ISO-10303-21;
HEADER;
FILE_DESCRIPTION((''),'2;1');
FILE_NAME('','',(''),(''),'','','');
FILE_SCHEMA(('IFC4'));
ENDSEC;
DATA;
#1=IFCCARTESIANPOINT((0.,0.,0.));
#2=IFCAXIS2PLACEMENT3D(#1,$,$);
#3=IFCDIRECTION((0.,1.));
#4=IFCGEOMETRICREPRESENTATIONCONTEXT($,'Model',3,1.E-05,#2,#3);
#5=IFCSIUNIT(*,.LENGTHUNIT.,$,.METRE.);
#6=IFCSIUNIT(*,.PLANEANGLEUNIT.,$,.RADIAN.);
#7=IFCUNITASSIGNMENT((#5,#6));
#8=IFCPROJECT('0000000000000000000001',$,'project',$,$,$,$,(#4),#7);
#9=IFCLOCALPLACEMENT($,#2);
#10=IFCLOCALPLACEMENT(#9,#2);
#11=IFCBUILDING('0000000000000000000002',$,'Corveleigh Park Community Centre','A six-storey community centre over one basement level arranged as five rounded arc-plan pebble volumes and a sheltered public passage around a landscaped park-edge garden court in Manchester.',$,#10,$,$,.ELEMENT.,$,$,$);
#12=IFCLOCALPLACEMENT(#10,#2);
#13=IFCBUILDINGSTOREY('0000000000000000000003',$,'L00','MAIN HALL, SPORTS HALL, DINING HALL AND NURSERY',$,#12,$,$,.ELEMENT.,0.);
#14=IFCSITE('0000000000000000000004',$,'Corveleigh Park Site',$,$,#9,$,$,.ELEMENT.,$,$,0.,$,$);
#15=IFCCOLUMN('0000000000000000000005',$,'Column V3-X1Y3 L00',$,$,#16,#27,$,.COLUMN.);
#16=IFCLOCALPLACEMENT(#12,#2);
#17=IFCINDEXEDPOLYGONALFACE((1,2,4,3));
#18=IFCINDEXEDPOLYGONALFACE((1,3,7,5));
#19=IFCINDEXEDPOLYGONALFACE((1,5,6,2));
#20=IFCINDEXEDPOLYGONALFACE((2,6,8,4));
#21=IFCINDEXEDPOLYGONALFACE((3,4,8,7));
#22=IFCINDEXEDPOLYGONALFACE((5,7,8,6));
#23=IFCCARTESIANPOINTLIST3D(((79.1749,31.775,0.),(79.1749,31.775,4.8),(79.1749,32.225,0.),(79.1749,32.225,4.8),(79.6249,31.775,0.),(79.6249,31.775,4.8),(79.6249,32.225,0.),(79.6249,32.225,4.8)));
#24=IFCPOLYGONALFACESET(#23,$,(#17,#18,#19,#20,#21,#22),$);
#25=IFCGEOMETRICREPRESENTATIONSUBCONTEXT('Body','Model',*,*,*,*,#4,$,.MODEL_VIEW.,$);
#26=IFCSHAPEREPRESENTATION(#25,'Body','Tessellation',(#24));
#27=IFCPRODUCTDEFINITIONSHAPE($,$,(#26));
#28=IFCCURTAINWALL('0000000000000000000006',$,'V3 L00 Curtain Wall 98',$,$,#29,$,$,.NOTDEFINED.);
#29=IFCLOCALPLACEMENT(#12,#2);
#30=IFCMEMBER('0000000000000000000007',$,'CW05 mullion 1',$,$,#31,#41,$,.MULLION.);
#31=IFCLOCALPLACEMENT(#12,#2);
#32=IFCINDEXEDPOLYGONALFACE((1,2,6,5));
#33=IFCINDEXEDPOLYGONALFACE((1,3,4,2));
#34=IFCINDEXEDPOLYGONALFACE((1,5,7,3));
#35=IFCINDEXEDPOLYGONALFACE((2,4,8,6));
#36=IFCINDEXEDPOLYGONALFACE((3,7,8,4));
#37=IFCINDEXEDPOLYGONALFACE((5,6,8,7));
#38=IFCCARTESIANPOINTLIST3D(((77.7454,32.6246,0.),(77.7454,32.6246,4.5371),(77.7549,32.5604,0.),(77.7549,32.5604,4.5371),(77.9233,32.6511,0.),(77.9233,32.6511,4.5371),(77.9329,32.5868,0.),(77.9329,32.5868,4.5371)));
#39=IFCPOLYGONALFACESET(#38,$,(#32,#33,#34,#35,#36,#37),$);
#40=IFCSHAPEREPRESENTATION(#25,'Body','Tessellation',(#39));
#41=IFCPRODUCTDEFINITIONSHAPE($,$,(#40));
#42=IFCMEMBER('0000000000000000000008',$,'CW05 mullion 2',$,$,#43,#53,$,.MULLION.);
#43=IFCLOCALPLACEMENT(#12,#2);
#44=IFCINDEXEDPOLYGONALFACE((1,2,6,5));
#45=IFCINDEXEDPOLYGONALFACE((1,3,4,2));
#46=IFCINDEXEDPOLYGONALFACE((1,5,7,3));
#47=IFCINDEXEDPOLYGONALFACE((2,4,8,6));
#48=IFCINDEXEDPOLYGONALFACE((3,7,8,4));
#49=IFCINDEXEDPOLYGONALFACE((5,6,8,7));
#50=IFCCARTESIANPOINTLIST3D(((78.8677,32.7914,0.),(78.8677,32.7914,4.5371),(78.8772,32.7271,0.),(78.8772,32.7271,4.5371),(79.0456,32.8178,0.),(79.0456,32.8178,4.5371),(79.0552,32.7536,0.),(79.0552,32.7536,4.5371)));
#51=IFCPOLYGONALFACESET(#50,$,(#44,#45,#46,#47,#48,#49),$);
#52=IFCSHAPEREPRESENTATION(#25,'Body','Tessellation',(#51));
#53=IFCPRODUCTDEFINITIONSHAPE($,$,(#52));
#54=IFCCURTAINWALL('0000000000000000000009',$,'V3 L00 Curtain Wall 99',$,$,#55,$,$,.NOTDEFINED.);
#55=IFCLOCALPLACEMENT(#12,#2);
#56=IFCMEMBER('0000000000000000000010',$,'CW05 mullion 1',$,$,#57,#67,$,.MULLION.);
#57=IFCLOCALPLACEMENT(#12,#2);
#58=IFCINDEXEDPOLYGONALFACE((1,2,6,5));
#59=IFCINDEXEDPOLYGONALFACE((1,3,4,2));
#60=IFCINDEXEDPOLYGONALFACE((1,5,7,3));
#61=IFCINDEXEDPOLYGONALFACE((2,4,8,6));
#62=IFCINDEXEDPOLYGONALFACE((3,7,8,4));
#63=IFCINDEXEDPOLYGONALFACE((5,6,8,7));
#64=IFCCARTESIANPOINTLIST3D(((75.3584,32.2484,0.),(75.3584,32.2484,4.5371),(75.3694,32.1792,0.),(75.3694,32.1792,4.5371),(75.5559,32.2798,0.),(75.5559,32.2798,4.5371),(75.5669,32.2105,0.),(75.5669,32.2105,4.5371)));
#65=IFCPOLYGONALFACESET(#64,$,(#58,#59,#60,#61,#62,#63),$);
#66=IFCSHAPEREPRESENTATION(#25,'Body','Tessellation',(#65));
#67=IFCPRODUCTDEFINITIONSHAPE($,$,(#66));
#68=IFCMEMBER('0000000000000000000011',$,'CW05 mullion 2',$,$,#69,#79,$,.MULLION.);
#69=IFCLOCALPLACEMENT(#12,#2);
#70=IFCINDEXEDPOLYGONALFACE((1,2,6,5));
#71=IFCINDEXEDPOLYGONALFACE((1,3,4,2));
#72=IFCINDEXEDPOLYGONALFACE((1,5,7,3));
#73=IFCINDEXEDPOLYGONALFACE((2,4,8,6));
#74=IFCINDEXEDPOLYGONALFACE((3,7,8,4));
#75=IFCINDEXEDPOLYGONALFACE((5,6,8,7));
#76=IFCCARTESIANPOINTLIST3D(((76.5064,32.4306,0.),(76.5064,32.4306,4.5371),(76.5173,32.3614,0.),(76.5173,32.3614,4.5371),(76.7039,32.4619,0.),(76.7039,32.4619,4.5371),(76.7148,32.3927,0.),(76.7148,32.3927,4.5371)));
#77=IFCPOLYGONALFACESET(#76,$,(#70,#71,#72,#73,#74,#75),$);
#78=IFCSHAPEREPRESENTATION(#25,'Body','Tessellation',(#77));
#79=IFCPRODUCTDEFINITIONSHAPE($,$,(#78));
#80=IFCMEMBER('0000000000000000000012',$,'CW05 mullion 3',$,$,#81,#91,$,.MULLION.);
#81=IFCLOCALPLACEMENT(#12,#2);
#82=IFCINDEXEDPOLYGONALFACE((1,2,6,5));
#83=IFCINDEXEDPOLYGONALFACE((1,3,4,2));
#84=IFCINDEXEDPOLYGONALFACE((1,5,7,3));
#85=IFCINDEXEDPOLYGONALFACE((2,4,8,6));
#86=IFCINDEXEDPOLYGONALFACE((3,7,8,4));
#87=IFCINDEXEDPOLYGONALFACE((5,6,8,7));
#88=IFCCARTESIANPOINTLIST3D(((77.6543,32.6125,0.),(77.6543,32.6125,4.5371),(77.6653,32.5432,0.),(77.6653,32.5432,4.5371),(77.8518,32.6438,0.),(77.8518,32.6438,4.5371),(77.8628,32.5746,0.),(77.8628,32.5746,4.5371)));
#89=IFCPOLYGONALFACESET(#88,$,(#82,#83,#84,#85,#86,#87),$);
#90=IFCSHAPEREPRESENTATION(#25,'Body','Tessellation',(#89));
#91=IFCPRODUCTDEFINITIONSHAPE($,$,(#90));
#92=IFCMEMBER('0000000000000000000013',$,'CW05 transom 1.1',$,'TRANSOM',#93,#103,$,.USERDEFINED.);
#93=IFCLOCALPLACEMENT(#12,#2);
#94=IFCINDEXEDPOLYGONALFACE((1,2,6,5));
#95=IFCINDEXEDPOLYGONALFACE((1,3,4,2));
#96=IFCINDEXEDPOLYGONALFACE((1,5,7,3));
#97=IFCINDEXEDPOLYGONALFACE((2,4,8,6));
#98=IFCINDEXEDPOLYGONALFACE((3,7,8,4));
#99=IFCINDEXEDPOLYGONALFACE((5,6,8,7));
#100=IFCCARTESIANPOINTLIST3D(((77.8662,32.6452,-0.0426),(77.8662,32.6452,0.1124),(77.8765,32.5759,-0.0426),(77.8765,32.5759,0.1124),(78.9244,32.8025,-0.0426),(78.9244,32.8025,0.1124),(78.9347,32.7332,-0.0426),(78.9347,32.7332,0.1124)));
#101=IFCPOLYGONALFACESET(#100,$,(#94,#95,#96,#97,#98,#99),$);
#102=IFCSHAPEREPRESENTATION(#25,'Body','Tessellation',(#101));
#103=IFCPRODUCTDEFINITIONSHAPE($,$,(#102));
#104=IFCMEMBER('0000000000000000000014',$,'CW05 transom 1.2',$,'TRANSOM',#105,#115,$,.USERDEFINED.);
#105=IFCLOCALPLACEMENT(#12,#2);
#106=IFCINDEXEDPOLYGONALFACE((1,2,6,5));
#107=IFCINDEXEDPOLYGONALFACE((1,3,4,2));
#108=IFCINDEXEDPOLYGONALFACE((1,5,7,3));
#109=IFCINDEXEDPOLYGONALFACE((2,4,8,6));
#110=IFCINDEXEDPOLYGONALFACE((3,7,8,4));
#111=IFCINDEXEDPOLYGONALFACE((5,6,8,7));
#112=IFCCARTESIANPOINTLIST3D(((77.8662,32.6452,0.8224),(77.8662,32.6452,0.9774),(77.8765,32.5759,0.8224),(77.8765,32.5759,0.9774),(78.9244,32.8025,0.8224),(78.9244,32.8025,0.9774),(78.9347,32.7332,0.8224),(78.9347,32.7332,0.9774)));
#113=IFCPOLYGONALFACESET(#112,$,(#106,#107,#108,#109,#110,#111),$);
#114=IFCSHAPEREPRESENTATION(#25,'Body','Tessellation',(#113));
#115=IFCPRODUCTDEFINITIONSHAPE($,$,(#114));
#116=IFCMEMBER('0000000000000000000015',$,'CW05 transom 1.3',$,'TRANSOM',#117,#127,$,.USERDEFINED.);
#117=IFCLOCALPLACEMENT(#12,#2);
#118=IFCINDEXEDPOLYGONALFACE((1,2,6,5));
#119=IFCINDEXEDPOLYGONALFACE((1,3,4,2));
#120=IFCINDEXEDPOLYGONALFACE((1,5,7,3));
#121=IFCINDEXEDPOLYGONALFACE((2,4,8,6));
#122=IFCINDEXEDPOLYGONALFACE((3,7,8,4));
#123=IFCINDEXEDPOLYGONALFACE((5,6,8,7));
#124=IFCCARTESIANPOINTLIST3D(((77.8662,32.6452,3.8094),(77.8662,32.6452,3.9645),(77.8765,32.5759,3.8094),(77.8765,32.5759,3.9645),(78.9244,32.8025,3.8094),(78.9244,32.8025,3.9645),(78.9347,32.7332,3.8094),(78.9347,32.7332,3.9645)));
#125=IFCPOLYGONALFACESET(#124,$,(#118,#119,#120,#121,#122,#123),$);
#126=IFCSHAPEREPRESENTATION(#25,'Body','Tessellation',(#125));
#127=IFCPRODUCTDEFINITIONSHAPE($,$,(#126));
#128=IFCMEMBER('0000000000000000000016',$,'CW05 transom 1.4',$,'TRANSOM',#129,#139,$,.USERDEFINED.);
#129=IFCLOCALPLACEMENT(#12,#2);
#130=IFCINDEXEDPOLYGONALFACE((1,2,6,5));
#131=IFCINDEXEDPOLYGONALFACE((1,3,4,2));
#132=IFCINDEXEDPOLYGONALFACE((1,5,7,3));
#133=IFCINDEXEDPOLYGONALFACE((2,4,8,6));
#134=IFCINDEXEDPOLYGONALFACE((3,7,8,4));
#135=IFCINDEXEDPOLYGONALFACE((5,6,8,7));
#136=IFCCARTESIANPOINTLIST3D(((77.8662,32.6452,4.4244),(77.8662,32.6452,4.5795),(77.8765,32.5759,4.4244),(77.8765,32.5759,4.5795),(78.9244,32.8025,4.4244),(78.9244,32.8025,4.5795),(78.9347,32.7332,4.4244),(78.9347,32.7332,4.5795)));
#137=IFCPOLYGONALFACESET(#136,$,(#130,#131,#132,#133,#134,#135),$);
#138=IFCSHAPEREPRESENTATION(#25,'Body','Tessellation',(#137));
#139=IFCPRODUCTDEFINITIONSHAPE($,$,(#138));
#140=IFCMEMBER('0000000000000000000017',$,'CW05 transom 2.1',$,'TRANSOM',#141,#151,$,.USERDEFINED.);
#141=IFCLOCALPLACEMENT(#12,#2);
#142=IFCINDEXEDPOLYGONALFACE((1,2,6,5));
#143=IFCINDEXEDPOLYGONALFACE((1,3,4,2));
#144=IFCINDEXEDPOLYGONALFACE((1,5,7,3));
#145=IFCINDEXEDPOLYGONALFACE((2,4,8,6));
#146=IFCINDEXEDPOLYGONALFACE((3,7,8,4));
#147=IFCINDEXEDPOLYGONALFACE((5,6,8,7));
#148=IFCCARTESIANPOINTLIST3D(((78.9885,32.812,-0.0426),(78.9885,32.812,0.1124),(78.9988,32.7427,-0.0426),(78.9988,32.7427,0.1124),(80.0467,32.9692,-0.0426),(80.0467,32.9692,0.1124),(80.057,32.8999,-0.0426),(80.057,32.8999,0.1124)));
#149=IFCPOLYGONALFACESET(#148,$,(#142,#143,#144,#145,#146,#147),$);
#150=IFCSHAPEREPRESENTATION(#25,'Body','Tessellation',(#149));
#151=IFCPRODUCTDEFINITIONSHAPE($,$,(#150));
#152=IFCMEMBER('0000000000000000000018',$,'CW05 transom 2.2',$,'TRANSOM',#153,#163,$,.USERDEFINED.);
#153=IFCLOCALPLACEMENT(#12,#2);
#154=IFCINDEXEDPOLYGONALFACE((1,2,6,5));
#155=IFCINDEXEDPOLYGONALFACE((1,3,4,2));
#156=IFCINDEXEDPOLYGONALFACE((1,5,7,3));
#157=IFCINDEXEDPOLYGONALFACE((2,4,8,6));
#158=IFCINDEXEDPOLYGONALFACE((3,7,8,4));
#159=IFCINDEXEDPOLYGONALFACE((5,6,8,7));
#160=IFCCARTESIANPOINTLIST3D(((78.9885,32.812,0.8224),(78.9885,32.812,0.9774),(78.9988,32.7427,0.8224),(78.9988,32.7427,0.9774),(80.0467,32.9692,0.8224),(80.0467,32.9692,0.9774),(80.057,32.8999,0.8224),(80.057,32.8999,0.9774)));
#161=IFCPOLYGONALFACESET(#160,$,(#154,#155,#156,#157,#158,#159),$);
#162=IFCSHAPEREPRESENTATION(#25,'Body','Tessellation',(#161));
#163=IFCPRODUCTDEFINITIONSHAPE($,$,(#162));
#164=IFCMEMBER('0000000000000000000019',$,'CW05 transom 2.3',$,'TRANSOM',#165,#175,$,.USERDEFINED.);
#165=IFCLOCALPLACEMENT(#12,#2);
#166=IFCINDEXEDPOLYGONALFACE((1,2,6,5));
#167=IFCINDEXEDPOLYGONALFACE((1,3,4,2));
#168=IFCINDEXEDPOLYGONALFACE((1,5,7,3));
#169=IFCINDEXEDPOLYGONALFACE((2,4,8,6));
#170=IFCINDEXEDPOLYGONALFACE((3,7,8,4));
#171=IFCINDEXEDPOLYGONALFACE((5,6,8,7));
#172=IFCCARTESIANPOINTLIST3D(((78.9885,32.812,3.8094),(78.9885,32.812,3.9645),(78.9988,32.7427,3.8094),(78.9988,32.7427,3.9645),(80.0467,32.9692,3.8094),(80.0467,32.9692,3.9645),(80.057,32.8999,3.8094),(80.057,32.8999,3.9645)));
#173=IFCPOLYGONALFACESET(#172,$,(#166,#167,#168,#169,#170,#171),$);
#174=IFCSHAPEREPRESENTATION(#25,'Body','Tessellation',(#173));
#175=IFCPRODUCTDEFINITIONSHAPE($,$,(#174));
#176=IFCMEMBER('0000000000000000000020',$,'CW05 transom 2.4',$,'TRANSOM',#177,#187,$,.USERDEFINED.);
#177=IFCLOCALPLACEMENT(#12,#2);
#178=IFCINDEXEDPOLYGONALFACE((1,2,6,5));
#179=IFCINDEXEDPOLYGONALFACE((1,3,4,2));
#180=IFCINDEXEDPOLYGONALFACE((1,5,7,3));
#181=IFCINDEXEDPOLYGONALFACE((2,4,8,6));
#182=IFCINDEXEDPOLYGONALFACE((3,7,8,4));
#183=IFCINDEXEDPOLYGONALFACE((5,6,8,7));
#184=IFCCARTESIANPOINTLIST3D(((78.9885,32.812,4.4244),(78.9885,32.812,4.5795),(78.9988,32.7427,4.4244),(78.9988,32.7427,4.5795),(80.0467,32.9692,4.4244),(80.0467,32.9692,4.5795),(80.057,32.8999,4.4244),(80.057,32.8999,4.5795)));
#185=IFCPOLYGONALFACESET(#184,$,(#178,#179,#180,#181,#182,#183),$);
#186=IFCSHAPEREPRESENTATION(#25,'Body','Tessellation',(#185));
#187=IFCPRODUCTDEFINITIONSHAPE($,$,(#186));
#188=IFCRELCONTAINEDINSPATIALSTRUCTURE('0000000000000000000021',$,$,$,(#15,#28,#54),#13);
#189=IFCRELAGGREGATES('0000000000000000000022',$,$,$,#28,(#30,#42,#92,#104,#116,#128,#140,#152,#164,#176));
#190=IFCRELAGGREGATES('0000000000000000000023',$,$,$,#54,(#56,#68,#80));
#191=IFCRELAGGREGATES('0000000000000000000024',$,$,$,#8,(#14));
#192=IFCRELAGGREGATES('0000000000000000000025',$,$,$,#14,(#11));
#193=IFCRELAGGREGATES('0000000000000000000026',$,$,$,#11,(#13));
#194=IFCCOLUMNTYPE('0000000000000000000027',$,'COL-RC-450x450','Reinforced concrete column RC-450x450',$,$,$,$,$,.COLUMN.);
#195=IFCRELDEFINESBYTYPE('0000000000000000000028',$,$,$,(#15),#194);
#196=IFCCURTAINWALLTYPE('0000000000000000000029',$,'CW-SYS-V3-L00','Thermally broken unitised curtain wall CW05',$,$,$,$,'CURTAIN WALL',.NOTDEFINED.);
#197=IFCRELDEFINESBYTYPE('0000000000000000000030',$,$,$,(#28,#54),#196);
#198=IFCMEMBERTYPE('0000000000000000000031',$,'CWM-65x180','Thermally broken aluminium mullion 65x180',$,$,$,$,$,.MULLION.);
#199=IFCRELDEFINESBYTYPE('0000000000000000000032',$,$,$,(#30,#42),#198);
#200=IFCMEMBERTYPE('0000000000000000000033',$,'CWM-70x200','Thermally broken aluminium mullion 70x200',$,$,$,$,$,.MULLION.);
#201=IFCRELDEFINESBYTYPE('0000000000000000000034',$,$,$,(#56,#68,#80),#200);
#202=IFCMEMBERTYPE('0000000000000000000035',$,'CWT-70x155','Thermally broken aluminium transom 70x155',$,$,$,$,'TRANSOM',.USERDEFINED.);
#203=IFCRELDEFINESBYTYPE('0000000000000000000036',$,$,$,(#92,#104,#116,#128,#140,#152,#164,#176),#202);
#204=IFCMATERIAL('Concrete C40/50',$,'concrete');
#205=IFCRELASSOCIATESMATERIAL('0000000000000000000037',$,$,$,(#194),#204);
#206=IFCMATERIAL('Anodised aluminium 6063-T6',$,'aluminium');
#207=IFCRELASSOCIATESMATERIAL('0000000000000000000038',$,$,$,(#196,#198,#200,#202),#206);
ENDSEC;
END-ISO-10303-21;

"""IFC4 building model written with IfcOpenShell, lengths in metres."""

from ifc_helpers import new_model, si_unit, direction, frame, origin, origin_2d, place, context, subcontext, project, spatial, rectangle, extrude, material, material_profile, profile_set, type_object, element, aggregate, save


model = new_model("IFC4")

# Units and contexts
model_context = context("Model", 3, precision=1e-05, world=origin(), true_north=direction((0.0, 1.0)))
body_context = subcontext(model_context, "Body", "Model", "MODEL_VIEW")
ifc_project = project(units=[si_unit("LENGTHUNIT", "METRE"), si_unit("PLANEANGLEUNIT", "RADIAN")], contexts=[model_context])

# Site, building, storey
site_placement = place(None, origin())
site = spatial("IfcSite", under=ifc_project, at=site_placement, Name="Corveleigh Park Site", CompositionType="ELEMENT", RefElevation=0.0)
building_placement = place(site_placement, origin())
building = spatial("IfcBuilding", under=site, at=building_placement, Name="Corveleigh Park Community Centre", Description="A six-storey community centre over one basement level arranged as five rounded arc-plan pebble volumes and a sheltered public passage around a landscaped park-edge garden court in Manchester.", CompositionType="ELEMENT")
storey_placement = place(building_placement, origin())
storey = spatial("IfcBuildingStorey", under=building, at=storey_placement, Name="L00", Description="MAIN HALL, SPORTS HALL, DINING HALL AND NURSERY", CompositionType="ELEMENT", Elevation=0.0)

# Column
ifc_material_1 = material(Name="Concrete C40/50", Category="concrete")
ifc_material_profile_1 = material_profile(ifc_material_1, rectangle(XDim=0.45, YDim=0.45, at=origin_2d()), Name="RC-450x450", Category="concrete")
ifc_profile_set_1 = profile_set([ifc_material_profile_1], Name="Concrete C40/50")
column_type = type_object("IfcColumnType", Name="COL-RC-450x450", Description="Reinforced concrete column RC-450x450", PredefinedType="COLUMN", material=ifc_profile_set_1)
column_placement = place(storey_placement, frame((79.3999, 32.0, 0.0), z_axis=(0.0, 0.0, 1.0), x_axis=(1.0, 0.0, 0.0)))
element("IfcColumn", 1, at=column_placement, inside=storey, type_object=column_type, Name="Column V3-X1Y3 L00", PredefinedType="COLUMN", context=body_context, shape_type="SweptSolid", body=[
    extrude(rectangle(XDim=0.45, YDim=0.45, at=origin_2d()), origin(), (0.0, 0.0, 1.0), 4.8),
])

# Curtain walls, members
ifc_material_2 = material(Name="Anodised aluminium 6063-T6", Category="aluminium")
curtain_wall_type = type_object("IfcCurtainWallType", Name="CW-SYS-V3-L00", Description="Thermally broken unitised curtain wall CW05", ElementType="CURTAIN WALL", PredefinedType="NOTDEFINED", material=ifc_material_2)
curtain_wall_1_placement = place(storey_placement, origin())
curtain_wall_1 = element("IfcCurtainWall", 2, at=curtain_wall_1_placement, inside=storey, type_object=curtain_wall_type, Name="V3 L00 Curtain Wall 98", PredefinedType="NOTDEFINED")
ifc_material_profile_2 = material_profile(ifc_material_2, rectangle(XDim=0.0649, YDim=0.1799, at=origin_2d()), Name="ALU-M65x180", Category="aluminium")
ifc_profile_set_2 = profile_set([ifc_material_profile_2], Name="Anodised aluminium 6063-T6")
member_type_1 = type_object("IfcMemberType", Name="CWM-65x180", Description="Thermally broken aluminium mullion 65x180", PredefinedType="MULLION", material=ifc_profile_set_2)
member_1_placement = place(storey_placement, frame((77.8391, 32.6057, 0.0), z_axis=(0.0, 0.0, 1.0), x_axis=(-0.146937, 0.989146, 0.0)))
member_1 = element("IfcMember", 3, at=member_1_placement, type_object=member_type_1, Name="CW05 mullion 1", PredefinedType="MULLION", context=body_context, shape_type="SweptSolid", body=[
    extrude(rectangle(XDim=0.0649, YDim=0.1799, at=origin_2d()), origin(), (0.0, 0.0, 1.0), 4.5371),
])
member_2_placement = place(storey_placement, frame((78.9614, 32.7725, 0.0), z_axis=(0.0, 0.0, 1.0), x_axis=(-0.146937, 0.989146, 0.0)))
member_2 = element("IfcMember", 4, at=member_2_placement, type_object=member_type_1, Name="CW05 mullion 2", PredefinedType="MULLION", context=body_context, shape_type="SweptSolid", body=[
    extrude(rectangle(XDim=0.0649, YDim=0.1799, at=origin_2d()), origin(), (0.0, 0.0, 1.0), 4.5371),
])
curtain_wall_2_placement = place(storey_placement, origin())
curtain_wall_2 = element("IfcCurtainWall", 5, at=curtain_wall_2_placement, inside=storey, type_object=curtain_wall_type, Name="V3 L00 Curtain Wall 99", PredefinedType="NOTDEFINED")
ifc_material_profile_3 = material_profile(ifc_material_2, rectangle(XDim=0.0701, YDim=0.2, at=origin_2d()), Name="ALU-M70x200", Category="aluminium")
ifc_profile_set_3 = profile_set([ifc_material_profile_3], Name="Anodised aluminium 6063-T6")
member_type_2 = type_object("IfcMemberType", Name="CWM-70x200", Description="Thermally broken aluminium mullion 70x200", PredefinedType="MULLION", material=ifc_profile_set_3)
member_3_placement = place(storey_placement, frame((75.4626, 32.2295, 0.0), z_axis=(0.0, 0.0, 1.0), x_axis=(-0.156606, 0.987661, 0.0)))
member_3 = element("IfcMember", 6, at=member_3_placement, type_object=member_type_2, Name="CW05 mullion 1", PredefinedType="MULLION", context=body_context, shape_type="SweptSolid", body=[
    extrude(rectangle(XDim=0.0701, YDim=0.2, at=origin_2d()), origin(), (0.0, 0.0, 1.0), 4.5371),
])
member_4_placement = place(storey_placement, frame((76.6106, 32.4116, 0.0), z_axis=(0.0, 0.0, 1.0), x_axis=(-0.156606, 0.987661, 0.0)))
member_4 = element("IfcMember", 7, at=member_4_placement, type_object=member_type_2, Name="CW05 mullion 2", PredefinedType="MULLION", context=body_context, shape_type="SweptSolid", body=[
    extrude(rectangle(XDim=0.0701, YDim=0.2, at=origin_2d()), origin(), (0.0, 0.0, 1.0), 4.5371),
])
member_5_placement = place(storey_placement, frame((77.7585, 32.5935, 0.0), z_axis=(0.0, 0.0, 1.0), x_axis=(-0.156606, 0.987661, 0.0)))
member_5 = element("IfcMember", 8, at=member_5_placement, type_object=member_type_2, Name="CW05 mullion 3", PredefinedType="MULLION", context=body_context, shape_type="SweptSolid", body=[
    extrude(rectangle(XDim=0.0701, YDim=0.2, at=origin_2d()), origin(), (0.0, 0.0, 1.0), 4.5371),
])

# Members
ifc_material_profile_4 = material_profile(ifc_material_2, rectangle(XDim=0.0701, YDim=0.155, at=origin_2d()), Name="ALU-T70x155", Category="aluminium")
ifc_profile_set_4 = profile_set([ifc_material_profile_4], Name="Anodised aluminium 6063-T6")
member_type_3 = type_object("IfcMemberType", Name="CWT-70x155", Description="Thermally broken aluminium transom 70x155", ElementType="TRANSOM", PredefinedType="USERDEFINED", material=ifc_profile_set_4)
member_6_placement = place(storey_placement, frame((77.8713, 32.6106, 0.0349), z_axis=(0.98914, 0.146979, 0.0), x_axis=(-0.146979, 0.98914, 0.0)))
member_6 = element("IfcMember", 9, at=member_6_placement, type_object=member_type_3, Name="CW05 transom 1.1", ObjectType="TRANSOM", PredefinedType="USERDEFINED", context=body_context, shape_type="SweptSolid", body=[
    extrude(rectangle(XDim=0.0701, YDim=0.155, at=origin_2d()), origin(), (0.0, 0.0, 1.0), 1.0698),
])
member_7_placement = place(storey_placement, frame((77.8713, 32.6106, 0.8999), z_axis=(0.98914, 0.146979, 0.0), x_axis=(-0.146979, 0.98914, 0.0)))
member_7 = element("IfcMember", 10, at=member_7_placement, type_object=member_type_3, Name="CW05 transom 1.2", ObjectType="TRANSOM", PredefinedType="USERDEFINED", context=body_context, shape_type="SweptSolid", body=[
    extrude(rectangle(XDim=0.0701, YDim=0.155, at=origin_2d()), origin(), (0.0, 0.0, 1.0), 1.0698),
])
member_8_placement = place(storey_placement, frame((77.8713, 32.6106, 3.887), z_axis=(0.98914, 0.146979, 0.0), x_axis=(-0.146979, 0.98914, 0.0)))
member_8 = element("IfcMember", 11, at=member_8_placement, type_object=member_type_3, Name="CW05 transom 1.3", ObjectType="TRANSOM", PredefinedType="USERDEFINED", context=body_context, shape_type="SweptSolid", body=[
    extrude(rectangle(XDim=0.0701, YDim=0.155, at=origin_2d()), origin(), (0.0, 0.0, 1.0), 1.0698),
])
member_9_placement = place(storey_placement, frame((77.8713, 32.6106, 4.502), z_axis=(0.98914, 0.146979, 0.0), x_axis=(-0.146979, 0.98914, 0.0)))
member_9 = element("IfcMember", 12, at=member_9_placement, type_object=member_type_3, Name="CW05 transom 1.4", ObjectType="TRANSOM", PredefinedType="USERDEFINED", context=body_context, shape_type="SweptSolid", body=[
    extrude(rectangle(XDim=0.0701, YDim=0.155, at=origin_2d()), origin(), (0.0, 0.0, 1.0), 1.0698),
])
member_10_placement = place(storey_placement, frame((78.9937, 32.7773, 0.0349), z_axis=(0.98914, 0.146979, 0.0), x_axis=(-0.146979, 0.98914, 0.0)))
member_10 = element("IfcMember", 13, at=member_10_placement, type_object=member_type_3, Name="CW05 transom 2.1", ObjectType="TRANSOM", PredefinedType="USERDEFINED", context=body_context, shape_type="SweptSolid", body=[
    extrude(rectangle(XDim=0.0701, YDim=0.155, at=origin_2d()), origin(), (0.0, 0.0, 1.0), 1.0698),
])
member_11_placement = place(storey_placement, frame((78.9937, 32.7773, 0.8999), z_axis=(0.98914, 0.146979, 0.0), x_axis=(-0.146979, 0.98914, 0.0)))
member_11 = element("IfcMember", 14, at=member_11_placement, type_object=member_type_3, Name="CW05 transom 2.2", ObjectType="TRANSOM", PredefinedType="USERDEFINED", context=body_context, shape_type="SweptSolid", body=[
    extrude(rectangle(XDim=0.0701, YDim=0.155, at=origin_2d()), origin(), (0.0, 0.0, 1.0), 1.0698),
])
member_12_placement = place(storey_placement, frame((78.9937, 32.7773, 3.887), z_axis=(0.98914, 0.146979, 0.0), x_axis=(-0.146979, 0.98914, 0.0)))
member_12 = element("IfcMember", 15, at=member_12_placement, type_object=member_type_3, Name="CW05 transom 2.3", ObjectType="TRANSOM", PredefinedType="USERDEFINED", context=body_context, shape_type="SweptSolid", body=[
    extrude(rectangle(XDim=0.0701, YDim=0.155, at=origin_2d()), origin(), (0.0, 0.0, 1.0), 1.0698),
])
member_13_placement = place(storey_placement, frame((78.9937, 32.7773, 4.502), z_axis=(0.98914, 0.146979, 0.0), x_axis=(-0.146979, 0.98914, 0.0)))
member_13 = element("IfcMember", 16, at=member_13_placement, type_object=member_type_3, Name="CW05 transom 2.4", ObjectType="TRANSOM", PredefinedType="USERDEFINED", context=body_context, shape_type="SweptSolid", body=[
    extrude(rectangle(XDim=0.0701, YDim=0.155, at=origin_2d()), origin(), (0.0, 0.0, 1.0), 1.0698),
])

aggregate(curtain_wall_1, [member_1, member_2, member_6, member_7, member_8, member_9, member_10, member_11, member_12, member_13])
aggregate(curtain_wall_2, [member_3, member_4, member_5])

save(model, "model.ifc")
